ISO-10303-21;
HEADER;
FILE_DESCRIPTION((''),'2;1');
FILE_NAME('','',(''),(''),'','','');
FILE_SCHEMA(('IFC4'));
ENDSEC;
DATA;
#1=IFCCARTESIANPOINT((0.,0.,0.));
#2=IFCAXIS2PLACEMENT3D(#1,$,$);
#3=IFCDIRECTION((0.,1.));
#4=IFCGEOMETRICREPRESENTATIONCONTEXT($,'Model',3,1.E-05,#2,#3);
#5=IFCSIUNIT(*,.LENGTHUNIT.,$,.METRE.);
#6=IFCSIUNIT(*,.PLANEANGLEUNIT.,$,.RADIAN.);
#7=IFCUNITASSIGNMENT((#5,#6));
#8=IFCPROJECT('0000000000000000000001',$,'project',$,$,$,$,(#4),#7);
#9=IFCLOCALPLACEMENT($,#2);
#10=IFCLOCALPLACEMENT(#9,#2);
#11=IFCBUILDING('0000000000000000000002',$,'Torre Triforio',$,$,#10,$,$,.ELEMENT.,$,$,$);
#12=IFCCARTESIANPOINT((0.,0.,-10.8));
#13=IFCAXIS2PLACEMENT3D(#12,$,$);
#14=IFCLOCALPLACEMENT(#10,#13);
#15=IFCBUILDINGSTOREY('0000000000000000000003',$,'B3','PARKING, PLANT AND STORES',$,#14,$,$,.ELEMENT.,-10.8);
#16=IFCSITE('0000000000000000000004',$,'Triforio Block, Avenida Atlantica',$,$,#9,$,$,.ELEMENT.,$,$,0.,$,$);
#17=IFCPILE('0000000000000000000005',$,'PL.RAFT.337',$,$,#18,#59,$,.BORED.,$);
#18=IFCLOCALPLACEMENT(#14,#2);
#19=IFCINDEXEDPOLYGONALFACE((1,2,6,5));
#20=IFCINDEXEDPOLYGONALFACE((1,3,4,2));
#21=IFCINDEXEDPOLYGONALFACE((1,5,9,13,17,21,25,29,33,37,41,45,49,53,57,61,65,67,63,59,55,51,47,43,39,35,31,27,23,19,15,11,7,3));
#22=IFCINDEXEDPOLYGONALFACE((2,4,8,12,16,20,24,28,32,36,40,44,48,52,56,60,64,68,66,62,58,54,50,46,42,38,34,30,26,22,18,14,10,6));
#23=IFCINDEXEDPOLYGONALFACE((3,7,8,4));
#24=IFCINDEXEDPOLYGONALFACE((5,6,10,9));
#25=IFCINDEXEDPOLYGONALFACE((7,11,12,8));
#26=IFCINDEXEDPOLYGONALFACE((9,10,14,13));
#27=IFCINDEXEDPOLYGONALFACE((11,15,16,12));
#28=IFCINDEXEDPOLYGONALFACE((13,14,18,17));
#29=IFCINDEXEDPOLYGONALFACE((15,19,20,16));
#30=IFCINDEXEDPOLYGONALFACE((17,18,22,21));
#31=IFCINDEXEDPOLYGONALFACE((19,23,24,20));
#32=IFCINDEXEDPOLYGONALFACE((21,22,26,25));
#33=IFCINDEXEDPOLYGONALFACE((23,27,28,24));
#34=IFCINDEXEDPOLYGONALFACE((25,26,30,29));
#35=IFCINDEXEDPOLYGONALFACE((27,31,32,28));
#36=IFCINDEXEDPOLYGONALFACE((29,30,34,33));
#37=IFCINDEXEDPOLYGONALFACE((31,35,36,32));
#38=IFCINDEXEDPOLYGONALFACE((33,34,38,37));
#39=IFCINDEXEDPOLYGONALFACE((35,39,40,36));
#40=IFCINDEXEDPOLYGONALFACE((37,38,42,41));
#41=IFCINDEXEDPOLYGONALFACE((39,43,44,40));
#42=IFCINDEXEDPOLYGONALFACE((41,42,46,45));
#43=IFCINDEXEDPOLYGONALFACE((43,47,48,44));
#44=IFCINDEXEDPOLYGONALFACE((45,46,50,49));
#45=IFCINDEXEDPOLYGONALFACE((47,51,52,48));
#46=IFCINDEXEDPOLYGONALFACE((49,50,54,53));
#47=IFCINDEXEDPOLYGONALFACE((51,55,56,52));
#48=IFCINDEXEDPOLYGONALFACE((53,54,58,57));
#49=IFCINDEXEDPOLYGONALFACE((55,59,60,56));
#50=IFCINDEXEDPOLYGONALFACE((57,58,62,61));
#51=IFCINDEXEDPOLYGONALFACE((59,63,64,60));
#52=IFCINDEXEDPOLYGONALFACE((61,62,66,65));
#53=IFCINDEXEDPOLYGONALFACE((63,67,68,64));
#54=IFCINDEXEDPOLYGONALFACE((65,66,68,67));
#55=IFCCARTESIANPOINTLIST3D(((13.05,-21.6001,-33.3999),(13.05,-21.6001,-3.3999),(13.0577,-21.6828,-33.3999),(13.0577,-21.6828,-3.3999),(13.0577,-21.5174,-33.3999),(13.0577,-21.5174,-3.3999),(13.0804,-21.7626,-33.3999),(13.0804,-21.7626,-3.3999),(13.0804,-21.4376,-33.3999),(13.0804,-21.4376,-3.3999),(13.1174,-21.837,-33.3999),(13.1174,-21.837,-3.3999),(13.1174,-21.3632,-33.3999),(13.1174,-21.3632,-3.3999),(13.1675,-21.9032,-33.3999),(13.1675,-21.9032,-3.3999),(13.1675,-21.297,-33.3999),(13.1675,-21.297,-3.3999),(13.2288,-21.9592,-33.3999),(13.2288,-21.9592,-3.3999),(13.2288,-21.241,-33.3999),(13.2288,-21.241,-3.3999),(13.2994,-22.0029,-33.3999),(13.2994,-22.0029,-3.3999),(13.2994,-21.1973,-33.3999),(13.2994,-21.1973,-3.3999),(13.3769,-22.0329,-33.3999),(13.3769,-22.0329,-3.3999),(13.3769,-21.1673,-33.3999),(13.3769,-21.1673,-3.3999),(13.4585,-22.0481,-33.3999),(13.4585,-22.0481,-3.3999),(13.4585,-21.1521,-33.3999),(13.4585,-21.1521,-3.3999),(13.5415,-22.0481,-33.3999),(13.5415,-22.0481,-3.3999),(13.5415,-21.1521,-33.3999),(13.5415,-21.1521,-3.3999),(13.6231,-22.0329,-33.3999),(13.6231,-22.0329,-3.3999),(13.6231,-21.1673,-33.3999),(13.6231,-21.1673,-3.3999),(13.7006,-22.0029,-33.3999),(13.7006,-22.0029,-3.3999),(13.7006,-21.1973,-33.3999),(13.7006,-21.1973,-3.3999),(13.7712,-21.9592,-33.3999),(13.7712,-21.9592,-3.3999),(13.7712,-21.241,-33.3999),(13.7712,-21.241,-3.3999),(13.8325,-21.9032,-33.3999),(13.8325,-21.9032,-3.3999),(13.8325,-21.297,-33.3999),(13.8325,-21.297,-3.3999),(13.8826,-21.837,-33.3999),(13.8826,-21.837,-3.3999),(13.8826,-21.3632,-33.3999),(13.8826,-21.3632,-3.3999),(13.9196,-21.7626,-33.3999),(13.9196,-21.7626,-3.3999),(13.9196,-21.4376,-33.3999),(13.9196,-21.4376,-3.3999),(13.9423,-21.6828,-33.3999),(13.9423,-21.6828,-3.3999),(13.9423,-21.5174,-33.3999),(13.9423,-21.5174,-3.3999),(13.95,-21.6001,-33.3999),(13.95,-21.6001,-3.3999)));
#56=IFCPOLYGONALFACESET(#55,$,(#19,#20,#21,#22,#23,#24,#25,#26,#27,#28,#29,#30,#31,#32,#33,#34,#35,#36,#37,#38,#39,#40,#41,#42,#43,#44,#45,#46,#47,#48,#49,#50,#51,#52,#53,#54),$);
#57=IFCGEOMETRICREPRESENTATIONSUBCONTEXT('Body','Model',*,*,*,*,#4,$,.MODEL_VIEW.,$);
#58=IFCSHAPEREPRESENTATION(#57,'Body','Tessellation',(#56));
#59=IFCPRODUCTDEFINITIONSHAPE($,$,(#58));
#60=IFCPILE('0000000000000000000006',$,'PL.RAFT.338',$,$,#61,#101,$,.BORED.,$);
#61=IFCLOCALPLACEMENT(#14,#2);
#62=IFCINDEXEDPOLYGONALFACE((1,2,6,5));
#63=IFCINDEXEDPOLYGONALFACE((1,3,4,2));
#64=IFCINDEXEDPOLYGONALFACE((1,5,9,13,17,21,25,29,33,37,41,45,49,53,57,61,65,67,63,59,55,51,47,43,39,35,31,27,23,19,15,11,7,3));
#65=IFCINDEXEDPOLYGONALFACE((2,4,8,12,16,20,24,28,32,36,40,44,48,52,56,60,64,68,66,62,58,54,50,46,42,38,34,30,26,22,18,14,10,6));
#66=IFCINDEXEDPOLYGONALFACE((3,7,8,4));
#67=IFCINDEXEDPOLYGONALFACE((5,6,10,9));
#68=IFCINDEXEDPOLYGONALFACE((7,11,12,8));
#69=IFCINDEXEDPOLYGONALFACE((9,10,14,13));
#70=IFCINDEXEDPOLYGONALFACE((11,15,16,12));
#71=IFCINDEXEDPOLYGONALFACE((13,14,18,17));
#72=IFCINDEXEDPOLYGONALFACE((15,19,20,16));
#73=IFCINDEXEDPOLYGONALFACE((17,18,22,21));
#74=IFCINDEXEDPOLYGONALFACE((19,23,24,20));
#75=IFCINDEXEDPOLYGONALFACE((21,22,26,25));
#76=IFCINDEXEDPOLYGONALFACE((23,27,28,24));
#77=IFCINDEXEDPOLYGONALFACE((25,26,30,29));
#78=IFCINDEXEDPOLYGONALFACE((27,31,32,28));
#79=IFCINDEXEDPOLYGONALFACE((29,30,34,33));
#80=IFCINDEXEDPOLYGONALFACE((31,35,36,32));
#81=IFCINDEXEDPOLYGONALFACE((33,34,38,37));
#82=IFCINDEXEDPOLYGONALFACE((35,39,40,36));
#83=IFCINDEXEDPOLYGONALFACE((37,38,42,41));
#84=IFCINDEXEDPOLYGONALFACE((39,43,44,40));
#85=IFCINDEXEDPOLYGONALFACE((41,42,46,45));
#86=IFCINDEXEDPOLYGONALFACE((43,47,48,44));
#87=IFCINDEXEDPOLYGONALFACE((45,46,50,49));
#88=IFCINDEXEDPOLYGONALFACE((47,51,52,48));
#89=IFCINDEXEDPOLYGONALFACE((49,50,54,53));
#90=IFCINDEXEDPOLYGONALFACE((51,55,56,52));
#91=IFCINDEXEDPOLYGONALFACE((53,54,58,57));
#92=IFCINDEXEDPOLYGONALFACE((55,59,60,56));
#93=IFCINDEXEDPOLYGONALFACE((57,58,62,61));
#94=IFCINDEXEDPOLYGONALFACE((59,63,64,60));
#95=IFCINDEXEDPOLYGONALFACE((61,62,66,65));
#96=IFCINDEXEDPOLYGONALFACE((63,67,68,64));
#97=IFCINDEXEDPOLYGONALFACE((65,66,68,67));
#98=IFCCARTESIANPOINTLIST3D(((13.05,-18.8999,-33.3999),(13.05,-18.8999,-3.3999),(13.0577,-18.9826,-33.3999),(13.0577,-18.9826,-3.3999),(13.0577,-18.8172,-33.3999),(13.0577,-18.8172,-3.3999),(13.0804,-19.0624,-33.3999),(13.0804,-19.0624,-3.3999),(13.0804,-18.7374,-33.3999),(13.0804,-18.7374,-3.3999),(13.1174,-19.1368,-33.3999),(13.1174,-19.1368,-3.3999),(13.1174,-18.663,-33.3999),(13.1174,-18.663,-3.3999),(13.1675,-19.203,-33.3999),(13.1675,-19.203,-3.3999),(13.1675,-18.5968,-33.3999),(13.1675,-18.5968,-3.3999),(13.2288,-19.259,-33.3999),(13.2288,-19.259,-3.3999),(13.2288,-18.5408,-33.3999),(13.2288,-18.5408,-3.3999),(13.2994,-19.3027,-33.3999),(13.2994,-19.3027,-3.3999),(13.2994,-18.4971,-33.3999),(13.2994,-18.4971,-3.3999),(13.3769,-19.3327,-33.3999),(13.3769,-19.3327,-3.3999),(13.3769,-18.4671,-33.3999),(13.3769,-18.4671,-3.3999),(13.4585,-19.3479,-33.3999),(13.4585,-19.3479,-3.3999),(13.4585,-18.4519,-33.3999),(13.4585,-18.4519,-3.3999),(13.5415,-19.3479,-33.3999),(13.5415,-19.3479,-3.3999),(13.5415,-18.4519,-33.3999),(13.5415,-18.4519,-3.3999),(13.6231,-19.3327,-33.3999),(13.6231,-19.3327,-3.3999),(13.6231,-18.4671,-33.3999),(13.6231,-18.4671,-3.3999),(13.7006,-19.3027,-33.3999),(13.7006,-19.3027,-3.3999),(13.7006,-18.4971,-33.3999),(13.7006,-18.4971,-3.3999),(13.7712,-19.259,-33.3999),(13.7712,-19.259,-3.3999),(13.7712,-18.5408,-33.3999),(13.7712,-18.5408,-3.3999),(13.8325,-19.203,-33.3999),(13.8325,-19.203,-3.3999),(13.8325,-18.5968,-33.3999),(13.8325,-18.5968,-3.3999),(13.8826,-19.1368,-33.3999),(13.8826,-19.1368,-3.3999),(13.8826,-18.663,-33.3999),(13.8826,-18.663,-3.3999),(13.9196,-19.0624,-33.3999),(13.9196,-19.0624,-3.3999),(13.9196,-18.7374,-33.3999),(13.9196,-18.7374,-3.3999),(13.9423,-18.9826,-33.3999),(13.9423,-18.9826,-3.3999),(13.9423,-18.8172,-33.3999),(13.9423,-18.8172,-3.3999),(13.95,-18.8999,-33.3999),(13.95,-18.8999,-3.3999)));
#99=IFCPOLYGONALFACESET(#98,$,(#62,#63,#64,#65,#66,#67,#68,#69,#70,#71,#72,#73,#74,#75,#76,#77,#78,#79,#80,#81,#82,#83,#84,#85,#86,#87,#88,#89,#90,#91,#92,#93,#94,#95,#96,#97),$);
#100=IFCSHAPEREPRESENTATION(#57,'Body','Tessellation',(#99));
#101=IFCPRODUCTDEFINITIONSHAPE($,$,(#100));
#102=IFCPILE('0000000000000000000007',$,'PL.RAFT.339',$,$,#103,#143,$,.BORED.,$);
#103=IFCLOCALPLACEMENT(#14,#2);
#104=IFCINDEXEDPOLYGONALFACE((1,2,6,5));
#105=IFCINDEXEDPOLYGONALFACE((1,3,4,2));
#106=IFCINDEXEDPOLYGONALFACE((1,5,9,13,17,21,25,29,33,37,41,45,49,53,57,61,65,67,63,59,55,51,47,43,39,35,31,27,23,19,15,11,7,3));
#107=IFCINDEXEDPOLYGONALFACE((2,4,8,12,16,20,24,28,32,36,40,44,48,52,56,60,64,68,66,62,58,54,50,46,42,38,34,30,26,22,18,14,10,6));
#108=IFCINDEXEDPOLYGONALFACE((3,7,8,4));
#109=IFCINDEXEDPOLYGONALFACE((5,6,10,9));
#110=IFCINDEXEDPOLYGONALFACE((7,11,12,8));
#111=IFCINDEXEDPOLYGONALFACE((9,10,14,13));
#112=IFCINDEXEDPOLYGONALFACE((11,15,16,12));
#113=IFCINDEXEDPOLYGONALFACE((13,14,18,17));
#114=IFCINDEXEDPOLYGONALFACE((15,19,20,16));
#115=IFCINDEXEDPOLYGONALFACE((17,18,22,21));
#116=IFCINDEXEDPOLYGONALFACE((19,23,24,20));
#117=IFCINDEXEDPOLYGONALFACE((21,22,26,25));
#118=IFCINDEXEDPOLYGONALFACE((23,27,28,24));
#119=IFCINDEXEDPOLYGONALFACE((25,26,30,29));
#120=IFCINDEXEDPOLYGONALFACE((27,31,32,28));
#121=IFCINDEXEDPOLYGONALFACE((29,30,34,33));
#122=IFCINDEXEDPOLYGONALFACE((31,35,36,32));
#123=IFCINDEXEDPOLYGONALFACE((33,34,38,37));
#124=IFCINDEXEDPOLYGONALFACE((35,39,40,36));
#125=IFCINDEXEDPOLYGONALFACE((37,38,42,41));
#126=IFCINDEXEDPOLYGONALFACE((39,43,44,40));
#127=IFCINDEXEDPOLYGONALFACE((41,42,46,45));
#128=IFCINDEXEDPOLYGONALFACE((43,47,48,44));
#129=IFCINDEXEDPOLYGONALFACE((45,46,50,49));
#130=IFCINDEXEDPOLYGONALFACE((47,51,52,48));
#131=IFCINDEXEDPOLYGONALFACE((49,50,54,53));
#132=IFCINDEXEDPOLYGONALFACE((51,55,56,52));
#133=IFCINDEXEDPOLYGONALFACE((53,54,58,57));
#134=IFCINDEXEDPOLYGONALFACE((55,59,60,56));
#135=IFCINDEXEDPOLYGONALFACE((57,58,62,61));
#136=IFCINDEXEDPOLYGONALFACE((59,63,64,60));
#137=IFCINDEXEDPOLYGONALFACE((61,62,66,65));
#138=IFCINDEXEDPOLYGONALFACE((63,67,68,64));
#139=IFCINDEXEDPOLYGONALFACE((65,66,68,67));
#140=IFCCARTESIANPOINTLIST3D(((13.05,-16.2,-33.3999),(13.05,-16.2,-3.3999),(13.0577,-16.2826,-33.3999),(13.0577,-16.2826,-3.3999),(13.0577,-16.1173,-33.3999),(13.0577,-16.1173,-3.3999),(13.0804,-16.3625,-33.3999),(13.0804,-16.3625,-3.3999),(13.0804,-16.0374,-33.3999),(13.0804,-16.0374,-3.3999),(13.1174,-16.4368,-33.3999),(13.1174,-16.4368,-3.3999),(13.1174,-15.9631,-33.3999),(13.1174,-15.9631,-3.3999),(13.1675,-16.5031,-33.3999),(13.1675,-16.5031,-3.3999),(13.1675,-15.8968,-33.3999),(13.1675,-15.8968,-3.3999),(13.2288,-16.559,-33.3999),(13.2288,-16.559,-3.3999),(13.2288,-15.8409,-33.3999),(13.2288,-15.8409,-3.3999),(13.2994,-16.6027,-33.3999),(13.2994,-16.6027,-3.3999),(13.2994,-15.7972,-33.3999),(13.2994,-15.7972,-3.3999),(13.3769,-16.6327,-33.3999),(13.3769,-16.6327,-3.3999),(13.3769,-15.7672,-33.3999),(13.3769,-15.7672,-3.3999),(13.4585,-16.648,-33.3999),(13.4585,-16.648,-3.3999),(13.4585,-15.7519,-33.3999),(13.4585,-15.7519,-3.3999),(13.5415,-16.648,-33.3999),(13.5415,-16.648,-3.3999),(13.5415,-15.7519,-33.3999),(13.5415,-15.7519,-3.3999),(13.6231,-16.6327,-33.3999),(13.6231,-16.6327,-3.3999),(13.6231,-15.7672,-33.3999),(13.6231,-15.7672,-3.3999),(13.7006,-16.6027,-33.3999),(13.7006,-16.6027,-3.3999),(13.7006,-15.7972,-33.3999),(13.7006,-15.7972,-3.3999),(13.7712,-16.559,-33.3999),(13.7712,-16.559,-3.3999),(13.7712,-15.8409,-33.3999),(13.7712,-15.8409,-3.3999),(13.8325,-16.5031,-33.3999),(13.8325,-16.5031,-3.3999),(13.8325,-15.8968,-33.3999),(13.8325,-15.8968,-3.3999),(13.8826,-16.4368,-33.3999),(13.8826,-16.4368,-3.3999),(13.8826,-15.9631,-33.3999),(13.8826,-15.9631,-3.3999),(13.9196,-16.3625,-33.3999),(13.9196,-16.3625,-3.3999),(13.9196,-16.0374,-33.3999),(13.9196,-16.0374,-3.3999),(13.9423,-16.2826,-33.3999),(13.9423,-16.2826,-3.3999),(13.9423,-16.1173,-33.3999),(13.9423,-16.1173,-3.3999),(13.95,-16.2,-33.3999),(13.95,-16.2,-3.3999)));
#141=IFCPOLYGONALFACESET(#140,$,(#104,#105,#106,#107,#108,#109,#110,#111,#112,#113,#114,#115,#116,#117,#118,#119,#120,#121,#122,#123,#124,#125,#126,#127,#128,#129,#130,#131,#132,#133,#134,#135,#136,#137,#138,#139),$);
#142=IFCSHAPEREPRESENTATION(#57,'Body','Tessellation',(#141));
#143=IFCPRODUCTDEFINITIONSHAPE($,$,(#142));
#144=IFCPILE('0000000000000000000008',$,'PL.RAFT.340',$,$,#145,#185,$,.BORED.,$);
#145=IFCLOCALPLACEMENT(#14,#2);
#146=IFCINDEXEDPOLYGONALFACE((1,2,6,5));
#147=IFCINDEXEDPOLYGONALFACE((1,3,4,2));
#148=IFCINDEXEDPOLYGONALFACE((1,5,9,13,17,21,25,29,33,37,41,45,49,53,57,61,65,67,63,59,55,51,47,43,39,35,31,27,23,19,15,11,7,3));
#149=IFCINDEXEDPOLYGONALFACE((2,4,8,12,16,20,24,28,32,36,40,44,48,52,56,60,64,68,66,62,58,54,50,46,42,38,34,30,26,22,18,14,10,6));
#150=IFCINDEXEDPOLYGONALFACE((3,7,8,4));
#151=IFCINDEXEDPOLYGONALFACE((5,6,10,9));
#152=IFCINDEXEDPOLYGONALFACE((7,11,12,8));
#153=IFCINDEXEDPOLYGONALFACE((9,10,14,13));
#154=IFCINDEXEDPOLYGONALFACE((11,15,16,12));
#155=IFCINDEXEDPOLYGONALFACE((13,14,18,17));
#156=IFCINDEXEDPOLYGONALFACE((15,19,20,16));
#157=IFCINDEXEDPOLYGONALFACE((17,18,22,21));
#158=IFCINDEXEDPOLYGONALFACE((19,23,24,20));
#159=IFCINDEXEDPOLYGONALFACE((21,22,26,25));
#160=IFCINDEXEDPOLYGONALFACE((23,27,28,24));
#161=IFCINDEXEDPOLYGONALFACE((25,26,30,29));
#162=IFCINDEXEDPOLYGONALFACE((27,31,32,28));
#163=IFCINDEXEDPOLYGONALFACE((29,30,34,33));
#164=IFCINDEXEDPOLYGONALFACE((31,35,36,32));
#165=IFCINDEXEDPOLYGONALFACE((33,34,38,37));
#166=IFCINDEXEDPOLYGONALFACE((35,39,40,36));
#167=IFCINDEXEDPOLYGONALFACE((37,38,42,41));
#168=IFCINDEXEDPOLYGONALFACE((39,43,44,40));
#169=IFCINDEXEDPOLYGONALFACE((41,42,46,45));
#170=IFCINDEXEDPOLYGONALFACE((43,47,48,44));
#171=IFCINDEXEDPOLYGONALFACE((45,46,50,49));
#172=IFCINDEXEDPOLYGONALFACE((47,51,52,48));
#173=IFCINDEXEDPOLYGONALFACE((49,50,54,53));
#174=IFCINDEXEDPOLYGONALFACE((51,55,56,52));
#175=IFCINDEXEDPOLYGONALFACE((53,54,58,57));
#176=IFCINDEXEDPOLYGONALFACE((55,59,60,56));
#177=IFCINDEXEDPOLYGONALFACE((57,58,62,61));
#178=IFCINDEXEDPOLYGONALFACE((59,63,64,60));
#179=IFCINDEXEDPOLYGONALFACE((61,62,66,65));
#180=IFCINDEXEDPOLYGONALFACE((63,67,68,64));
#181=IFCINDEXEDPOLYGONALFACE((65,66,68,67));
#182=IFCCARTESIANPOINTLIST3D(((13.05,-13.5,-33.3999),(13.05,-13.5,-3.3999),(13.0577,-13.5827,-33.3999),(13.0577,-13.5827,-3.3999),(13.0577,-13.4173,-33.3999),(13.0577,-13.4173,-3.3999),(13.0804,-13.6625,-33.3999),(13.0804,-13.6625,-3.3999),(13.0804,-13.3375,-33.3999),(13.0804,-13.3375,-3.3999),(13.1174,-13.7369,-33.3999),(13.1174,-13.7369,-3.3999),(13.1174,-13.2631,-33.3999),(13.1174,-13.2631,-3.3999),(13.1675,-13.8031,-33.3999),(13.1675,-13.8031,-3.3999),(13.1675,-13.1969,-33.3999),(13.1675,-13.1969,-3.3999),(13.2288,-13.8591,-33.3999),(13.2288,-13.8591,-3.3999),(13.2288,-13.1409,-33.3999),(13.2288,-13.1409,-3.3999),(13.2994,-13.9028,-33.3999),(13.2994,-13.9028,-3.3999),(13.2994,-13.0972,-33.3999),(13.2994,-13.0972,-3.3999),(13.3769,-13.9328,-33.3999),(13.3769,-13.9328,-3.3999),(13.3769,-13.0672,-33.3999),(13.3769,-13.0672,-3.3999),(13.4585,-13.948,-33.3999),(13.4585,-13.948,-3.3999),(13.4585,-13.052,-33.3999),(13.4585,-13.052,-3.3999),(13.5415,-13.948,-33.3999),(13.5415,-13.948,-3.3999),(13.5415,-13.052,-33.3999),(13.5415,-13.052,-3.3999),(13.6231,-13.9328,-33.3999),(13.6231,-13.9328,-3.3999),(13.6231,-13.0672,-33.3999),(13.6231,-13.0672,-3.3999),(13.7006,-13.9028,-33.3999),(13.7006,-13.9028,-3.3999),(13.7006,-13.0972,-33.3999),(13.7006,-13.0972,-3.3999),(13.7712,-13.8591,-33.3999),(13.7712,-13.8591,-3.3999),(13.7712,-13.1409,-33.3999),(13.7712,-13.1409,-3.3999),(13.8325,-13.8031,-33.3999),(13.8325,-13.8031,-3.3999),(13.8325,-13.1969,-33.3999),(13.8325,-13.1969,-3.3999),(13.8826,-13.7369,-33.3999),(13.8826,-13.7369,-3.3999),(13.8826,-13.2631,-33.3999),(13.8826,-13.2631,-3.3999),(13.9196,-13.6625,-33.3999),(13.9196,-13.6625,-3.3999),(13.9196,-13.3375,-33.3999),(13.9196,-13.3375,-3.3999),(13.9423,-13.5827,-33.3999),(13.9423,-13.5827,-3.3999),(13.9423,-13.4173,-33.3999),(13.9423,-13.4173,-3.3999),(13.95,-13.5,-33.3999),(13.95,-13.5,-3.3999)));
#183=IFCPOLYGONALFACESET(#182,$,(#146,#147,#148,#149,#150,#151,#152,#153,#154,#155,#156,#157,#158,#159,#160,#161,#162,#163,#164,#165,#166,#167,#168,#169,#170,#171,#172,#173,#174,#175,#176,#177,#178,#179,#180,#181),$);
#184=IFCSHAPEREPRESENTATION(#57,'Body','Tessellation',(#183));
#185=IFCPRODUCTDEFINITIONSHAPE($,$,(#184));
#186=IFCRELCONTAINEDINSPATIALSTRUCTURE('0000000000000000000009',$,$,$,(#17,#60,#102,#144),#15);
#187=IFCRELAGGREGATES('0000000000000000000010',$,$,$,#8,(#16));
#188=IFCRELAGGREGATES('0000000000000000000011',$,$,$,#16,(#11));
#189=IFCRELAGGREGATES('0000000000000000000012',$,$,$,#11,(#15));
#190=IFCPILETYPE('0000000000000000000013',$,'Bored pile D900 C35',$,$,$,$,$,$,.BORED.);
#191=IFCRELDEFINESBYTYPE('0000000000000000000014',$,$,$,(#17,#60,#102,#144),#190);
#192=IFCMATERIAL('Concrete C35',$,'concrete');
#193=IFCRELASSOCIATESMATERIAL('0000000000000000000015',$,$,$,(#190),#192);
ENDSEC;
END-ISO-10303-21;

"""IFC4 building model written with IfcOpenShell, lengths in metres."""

from ifc_helpers import new_model, si_unit, direction, frame, origin, origin_2d, place, context, subcontext, project, spatial, circle, extrude, material, material_profile, profile_set, type_object, element, save


model = new_model("IFC4")

# Units and contexts
model_context = context("Model", 3, precision=1e-05, world=origin(), true_north=direction((0.0, 1.0)))
body_context = subcontext(model_context, "Body", "Model", "MODEL_VIEW")
ifc_project = project(units=[si_unit("LENGTHUNIT", "METRE"), si_unit("PLANEANGLEUNIT", "RADIAN")], contexts=[model_context])

# Site, building, storey
site_placement = place(None, origin())
site = spatial("IfcSite", under=ifc_project, at=site_placement, Name="Triforio Block, Avenida Atlantica", CompositionType="ELEMENT", RefElevation=0.0)
building_placement = place(site_placement, origin())
building = spatial("IfcBuilding", under=site, at=building_placement, Name="Torre Triforio", CompositionType="ELEMENT")
storey_placement = place(building_placement, frame((0.0, 0.0, -10.8)))
storey = spatial("IfcBuildingStorey", under=building, at=storey_placement, Name="B3", Description="PARKING, PLANT AND STORES", CompositionType="ELEMENT", Elevation=-10.8)

# Piles
ifc_material_1 = material(Name="Concrete C35", Category="concrete")
ifc_material_profile_1 = material_profile(ifc_material_1, circle(Radius=0.45, at=origin_2d()), Name="RC D900")
ifc_profile_set_1 = profile_set([ifc_material_profile_1], Name="Concrete C35")
pile_type = type_object("IfcPileType", Name="Bored pile D900 C35", PredefinedType="BORED", material=ifc_profile_set_1)
for number, where, z_axis, x_axis, name in (
    (1, (13.5, -21.6001, -3.3999), (0.0, 0.0, -1.0), (1.0, 0.0, 0.0), "PL.RAFT.337"),
    (2, (13.5, -18.8999, -3.3999), (0.0, 0.0, -1.0), (1.0, 0.0, 0.0), "PL.RAFT.338"),
    (3, (13.5, -16.2, -3.3999), (0.0, 0.0, -1.0), (1.0, 0.0, 0.0), "PL.RAFT.339"),
    (4, (13.5, -13.5, -3.3999), (0.0, 0.0, -1.0), (1.0, 0.0, 0.0), "PL.RAFT.340"),
):
    element("IfcPile", number, at=place(storey_placement, frame(where, z_axis=z_axis, x_axis=x_axis)), inside=storey, type_object=pile_type, Name=name, PredefinedType="BORED", context=body_context, shape_type="SweptSolid", body=[
        extrude(circle(Radius=0.45, at=origin_2d()), origin(), (0.0, 0.0, 1.0), 30.0),
    ])

save(model, "model.ifc")
